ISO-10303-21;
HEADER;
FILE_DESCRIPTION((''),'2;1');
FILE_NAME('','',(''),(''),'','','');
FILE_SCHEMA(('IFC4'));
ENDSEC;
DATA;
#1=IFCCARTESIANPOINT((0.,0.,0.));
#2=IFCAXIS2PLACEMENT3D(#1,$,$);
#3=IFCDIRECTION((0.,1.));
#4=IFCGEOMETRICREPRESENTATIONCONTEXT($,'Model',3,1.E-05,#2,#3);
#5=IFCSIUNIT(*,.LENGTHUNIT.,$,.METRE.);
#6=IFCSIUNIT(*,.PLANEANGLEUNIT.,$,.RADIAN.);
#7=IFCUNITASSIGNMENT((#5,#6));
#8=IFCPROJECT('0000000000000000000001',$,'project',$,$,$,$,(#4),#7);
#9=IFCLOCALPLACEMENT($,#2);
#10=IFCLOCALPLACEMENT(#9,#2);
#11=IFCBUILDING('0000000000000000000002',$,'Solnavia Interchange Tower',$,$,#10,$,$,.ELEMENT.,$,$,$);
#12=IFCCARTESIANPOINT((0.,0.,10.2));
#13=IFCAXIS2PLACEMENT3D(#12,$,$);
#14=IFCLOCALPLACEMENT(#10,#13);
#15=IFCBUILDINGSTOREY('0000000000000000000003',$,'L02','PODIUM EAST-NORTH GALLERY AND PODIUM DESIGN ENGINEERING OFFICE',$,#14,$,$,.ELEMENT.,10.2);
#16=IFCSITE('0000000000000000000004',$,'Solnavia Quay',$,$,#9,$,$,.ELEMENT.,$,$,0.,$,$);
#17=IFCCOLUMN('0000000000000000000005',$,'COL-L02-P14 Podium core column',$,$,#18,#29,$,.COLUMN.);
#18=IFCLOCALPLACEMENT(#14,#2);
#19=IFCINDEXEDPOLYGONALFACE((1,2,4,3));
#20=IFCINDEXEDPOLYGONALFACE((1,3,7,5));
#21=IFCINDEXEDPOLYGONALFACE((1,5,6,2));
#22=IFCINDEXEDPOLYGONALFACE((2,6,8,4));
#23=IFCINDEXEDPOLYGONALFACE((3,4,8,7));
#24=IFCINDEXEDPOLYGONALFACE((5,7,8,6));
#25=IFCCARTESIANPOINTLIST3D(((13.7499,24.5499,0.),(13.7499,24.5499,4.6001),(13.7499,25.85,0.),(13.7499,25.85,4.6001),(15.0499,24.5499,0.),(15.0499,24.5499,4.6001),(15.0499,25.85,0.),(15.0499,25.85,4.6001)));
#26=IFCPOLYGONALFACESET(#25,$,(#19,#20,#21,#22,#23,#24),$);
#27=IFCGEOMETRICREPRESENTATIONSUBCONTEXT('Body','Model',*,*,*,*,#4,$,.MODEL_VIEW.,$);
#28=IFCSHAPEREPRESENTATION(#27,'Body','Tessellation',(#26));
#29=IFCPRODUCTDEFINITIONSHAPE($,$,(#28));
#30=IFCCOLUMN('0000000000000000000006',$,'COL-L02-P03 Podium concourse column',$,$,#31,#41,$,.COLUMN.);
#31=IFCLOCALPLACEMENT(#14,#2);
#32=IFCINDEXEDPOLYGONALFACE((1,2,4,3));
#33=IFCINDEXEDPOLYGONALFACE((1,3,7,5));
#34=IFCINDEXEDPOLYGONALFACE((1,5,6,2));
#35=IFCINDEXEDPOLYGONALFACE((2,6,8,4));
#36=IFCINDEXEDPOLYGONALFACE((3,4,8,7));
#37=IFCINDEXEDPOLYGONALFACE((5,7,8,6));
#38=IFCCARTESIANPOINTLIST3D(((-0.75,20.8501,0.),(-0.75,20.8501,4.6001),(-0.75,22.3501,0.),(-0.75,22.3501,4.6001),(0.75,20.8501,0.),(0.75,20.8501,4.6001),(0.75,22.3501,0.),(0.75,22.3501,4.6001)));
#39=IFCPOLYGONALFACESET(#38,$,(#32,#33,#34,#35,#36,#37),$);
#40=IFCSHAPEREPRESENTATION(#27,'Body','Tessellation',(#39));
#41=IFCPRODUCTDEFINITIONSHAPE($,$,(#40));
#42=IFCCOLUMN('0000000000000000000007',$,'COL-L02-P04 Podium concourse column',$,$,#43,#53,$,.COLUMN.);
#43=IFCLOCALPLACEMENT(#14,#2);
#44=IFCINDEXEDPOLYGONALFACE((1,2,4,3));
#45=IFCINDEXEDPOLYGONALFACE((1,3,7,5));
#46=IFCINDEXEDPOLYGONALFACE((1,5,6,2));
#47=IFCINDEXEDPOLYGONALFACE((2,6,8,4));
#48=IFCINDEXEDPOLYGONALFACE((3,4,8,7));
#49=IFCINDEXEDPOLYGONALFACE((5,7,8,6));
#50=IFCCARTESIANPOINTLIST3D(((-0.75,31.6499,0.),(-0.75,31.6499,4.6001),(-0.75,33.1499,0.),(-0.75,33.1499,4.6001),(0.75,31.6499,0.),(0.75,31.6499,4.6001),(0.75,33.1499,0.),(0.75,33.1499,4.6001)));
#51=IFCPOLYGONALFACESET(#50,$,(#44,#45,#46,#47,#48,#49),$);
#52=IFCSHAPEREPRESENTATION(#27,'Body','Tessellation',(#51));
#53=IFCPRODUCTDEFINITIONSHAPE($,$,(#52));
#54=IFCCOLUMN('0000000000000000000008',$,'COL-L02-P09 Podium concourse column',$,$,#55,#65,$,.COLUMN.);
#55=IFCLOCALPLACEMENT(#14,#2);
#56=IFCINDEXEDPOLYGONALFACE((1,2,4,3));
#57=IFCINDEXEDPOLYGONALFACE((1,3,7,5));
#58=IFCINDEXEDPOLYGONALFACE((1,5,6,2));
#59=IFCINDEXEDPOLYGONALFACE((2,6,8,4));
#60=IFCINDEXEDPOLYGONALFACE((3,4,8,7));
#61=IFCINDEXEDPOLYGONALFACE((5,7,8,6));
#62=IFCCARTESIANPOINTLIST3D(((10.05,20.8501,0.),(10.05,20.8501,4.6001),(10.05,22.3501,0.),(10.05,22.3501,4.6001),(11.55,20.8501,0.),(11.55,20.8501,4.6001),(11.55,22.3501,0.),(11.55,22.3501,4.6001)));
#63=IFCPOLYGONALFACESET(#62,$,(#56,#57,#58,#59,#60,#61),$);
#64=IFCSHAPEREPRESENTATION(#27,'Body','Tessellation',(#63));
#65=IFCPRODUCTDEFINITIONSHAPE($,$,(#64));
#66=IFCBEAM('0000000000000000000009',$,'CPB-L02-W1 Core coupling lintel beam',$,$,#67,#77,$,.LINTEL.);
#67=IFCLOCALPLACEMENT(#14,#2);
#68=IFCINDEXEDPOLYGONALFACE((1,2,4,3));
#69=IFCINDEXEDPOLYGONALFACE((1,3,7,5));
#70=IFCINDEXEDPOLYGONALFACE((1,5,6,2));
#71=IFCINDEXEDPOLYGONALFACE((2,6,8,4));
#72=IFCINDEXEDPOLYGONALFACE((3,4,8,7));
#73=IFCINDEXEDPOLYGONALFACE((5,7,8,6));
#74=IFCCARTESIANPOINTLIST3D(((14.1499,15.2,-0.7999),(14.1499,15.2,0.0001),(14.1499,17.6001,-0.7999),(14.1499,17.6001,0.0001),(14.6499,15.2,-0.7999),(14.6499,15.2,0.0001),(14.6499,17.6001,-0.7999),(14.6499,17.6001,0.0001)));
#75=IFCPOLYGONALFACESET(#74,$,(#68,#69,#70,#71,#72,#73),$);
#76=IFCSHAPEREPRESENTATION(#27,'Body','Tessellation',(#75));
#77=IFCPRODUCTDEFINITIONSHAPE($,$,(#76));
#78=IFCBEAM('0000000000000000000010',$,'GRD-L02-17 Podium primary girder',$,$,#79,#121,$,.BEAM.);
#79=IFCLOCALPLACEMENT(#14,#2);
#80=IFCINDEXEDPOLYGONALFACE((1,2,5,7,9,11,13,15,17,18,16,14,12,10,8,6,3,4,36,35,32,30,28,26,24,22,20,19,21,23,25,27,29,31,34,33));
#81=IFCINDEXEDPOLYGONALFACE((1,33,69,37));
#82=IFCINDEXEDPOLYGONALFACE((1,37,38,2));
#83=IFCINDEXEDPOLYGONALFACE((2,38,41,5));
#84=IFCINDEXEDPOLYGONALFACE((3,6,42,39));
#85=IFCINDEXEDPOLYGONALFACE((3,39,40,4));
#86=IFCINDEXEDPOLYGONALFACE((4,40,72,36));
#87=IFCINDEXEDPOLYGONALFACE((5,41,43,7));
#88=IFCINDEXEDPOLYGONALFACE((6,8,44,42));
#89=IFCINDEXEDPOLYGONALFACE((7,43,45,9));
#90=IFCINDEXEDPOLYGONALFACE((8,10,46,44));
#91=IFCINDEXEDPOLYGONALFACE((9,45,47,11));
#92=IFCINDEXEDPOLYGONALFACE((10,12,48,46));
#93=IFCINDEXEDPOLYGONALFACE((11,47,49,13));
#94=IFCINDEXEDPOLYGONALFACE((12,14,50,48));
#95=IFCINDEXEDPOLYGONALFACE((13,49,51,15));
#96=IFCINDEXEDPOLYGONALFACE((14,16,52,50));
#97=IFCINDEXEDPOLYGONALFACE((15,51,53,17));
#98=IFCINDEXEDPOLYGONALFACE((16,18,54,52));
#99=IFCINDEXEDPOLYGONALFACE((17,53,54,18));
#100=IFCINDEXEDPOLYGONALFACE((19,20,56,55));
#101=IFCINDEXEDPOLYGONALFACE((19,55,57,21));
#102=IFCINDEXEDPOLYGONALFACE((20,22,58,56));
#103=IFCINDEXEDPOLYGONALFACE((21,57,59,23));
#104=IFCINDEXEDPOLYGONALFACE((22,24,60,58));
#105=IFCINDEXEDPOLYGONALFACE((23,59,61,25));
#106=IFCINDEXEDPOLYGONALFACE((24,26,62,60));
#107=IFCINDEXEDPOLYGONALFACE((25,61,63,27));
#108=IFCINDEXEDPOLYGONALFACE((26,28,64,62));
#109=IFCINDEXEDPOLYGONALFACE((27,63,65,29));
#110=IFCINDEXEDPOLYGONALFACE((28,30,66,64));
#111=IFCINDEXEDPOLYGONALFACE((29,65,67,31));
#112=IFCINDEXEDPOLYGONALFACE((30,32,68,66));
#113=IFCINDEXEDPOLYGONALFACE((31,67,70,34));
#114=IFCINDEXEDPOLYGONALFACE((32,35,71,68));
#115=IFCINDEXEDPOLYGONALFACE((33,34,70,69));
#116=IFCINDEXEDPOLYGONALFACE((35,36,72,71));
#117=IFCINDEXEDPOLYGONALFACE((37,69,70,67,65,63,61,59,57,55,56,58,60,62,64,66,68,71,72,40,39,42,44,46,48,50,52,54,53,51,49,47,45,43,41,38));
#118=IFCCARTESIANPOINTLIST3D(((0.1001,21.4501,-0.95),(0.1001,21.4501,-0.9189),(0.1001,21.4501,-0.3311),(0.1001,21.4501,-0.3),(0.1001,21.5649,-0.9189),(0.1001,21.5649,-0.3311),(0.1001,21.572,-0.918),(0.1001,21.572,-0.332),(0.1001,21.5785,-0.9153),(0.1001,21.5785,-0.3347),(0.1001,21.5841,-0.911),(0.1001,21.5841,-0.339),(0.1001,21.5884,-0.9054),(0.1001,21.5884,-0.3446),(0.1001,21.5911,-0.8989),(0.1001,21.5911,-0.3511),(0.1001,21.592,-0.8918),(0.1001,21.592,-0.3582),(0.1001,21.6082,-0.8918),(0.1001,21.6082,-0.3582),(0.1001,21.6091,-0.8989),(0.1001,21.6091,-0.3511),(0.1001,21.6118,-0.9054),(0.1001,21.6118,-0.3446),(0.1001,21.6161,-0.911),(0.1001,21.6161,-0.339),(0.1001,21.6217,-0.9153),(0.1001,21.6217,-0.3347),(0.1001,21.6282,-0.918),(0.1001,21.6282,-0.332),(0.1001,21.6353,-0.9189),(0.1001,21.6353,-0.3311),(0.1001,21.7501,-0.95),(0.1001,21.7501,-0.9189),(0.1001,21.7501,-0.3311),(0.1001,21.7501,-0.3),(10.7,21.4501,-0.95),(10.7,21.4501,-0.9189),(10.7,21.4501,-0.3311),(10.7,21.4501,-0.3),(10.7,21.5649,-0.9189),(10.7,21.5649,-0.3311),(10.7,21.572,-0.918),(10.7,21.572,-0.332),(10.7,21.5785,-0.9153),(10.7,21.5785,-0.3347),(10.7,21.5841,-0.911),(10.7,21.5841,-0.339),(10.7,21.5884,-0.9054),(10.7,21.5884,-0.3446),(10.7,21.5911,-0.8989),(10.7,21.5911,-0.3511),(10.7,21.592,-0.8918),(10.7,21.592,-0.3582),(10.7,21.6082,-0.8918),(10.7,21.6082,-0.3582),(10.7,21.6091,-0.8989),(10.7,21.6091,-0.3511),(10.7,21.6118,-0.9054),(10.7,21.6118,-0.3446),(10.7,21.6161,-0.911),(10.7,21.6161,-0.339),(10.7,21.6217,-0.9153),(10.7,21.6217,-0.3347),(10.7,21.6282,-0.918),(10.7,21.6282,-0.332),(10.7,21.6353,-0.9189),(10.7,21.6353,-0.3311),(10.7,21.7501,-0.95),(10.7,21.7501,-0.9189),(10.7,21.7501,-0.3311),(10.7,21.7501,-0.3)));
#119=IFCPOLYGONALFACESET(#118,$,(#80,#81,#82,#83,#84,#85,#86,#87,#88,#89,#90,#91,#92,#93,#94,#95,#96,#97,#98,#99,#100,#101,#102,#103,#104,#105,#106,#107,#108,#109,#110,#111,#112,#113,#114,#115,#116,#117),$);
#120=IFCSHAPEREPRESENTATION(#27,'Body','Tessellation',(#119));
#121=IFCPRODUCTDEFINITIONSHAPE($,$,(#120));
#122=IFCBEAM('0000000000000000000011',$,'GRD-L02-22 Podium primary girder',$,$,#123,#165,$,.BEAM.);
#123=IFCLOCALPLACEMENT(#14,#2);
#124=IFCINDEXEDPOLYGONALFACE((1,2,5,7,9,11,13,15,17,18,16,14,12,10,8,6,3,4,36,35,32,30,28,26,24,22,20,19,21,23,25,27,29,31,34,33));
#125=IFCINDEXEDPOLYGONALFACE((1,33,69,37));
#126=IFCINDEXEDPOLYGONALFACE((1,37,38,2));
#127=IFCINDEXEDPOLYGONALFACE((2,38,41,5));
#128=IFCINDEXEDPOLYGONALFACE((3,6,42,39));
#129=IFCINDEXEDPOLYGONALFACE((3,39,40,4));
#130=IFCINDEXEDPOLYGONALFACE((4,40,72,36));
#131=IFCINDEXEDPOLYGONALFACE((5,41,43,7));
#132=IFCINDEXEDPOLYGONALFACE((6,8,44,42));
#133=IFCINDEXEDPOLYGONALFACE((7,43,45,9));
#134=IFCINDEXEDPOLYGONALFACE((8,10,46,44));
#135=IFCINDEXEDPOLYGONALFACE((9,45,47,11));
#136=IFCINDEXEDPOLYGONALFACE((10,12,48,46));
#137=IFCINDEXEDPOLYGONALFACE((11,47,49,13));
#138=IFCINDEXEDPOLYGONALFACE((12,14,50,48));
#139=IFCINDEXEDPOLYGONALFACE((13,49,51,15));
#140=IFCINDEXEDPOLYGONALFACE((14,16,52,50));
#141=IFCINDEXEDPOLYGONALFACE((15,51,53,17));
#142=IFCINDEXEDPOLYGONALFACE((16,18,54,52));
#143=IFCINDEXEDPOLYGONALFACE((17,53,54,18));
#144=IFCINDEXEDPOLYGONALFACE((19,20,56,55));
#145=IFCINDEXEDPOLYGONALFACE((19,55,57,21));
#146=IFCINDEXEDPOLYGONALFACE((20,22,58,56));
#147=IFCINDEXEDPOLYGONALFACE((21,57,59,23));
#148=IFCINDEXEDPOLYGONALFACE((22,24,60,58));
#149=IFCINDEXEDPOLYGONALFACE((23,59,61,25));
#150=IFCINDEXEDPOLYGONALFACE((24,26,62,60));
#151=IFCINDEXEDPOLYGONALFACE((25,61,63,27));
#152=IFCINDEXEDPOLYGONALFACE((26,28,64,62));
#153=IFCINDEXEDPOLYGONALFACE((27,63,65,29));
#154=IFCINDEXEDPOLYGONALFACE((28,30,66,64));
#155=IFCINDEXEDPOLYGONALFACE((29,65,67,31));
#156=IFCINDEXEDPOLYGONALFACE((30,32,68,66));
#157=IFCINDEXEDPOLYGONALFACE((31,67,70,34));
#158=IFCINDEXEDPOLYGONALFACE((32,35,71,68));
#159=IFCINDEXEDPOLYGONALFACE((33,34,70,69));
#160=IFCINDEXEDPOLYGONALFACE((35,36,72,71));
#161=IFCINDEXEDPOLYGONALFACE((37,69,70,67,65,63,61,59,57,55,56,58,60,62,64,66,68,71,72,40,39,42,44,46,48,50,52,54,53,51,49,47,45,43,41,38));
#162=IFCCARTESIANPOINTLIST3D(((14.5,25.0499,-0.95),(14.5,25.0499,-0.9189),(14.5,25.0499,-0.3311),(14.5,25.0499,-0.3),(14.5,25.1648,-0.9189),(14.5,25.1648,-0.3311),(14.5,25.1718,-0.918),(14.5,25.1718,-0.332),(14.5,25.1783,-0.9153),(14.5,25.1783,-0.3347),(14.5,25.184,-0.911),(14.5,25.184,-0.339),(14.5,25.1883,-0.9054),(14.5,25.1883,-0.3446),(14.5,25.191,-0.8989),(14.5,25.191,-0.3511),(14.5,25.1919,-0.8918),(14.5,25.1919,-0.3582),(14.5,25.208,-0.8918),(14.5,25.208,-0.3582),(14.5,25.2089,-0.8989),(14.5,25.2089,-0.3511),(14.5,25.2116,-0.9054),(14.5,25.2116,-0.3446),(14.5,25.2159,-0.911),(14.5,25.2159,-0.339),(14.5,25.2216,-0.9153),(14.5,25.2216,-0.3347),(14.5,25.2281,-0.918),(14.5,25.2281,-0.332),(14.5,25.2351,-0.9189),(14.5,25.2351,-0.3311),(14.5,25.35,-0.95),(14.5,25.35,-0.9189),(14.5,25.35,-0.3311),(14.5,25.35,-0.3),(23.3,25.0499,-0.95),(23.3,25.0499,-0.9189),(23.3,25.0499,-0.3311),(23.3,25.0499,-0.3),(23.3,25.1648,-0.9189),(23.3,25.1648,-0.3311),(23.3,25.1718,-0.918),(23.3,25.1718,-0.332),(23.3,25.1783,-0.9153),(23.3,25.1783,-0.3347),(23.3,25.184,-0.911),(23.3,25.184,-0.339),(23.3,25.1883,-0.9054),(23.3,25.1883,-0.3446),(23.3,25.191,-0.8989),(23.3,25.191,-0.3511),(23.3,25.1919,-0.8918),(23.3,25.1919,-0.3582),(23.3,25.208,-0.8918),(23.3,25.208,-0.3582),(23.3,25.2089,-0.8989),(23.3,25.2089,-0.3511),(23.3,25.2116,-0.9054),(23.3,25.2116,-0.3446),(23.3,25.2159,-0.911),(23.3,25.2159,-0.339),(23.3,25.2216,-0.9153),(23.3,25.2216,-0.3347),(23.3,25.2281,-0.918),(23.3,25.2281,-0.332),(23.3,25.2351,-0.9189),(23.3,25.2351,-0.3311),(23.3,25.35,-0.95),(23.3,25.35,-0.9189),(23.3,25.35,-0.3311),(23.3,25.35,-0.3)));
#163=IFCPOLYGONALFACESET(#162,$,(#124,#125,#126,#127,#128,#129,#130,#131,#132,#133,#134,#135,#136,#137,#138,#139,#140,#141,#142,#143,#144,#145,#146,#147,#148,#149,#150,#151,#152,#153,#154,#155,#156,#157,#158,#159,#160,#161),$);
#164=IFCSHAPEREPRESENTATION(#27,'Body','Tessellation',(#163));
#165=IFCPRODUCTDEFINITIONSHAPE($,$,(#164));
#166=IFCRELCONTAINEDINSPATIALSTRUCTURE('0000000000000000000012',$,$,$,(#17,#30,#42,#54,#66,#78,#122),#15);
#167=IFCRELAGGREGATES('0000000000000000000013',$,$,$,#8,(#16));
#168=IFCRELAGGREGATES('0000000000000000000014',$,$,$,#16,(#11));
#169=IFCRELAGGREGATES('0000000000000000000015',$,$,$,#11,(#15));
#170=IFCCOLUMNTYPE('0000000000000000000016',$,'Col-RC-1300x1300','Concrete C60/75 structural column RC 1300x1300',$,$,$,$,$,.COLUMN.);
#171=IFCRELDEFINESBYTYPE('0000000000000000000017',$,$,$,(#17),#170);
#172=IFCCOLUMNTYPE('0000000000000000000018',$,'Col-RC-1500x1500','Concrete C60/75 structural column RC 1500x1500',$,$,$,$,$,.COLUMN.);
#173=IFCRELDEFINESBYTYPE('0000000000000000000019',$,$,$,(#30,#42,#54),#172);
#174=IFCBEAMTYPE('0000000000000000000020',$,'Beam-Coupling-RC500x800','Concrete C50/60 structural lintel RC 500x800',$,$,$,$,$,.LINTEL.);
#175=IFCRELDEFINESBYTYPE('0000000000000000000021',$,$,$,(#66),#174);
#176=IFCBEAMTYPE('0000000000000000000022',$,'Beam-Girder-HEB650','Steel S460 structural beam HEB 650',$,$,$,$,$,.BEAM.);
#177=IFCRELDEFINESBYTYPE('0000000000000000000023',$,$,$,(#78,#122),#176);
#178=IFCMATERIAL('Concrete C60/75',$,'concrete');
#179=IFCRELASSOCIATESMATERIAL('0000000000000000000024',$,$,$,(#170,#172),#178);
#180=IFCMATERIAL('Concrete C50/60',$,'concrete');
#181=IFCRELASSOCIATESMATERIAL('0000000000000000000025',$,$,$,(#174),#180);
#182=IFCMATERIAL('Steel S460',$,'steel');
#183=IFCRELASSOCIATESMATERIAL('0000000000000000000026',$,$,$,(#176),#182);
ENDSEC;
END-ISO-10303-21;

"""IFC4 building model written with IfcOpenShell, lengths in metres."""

from ifc_helpers import new_model, si_unit, direction, frame, origin, origin_2d, place, context, subcontext, project, spatial, rectangle, i_section, extrude, material, material_profile, profile_set, type_object, element, save


model = new_model("IFC4")

# Units and contexts
model_context = context("Model", 3, precision=1e-05, world=origin(), true_north=direction((0.0, 1.0)))
body_context = subcontext(model_context, "Body", "Model", "MODEL_VIEW")
ifc_project = project(units=[si_unit("LENGTHUNIT", "METRE"), si_unit("PLANEANGLEUNIT", "RADIAN")], contexts=[model_context])

# Site, building, storey
site_placement = place(None, origin())
site = spatial("IfcSite", under=ifc_project, at=site_placement, Name="Solnavia Quay", CompositionType="ELEMENT", RefElevation=0.0)
building_placement = place(site_placement, origin())
building = spatial("IfcBuilding", under=site, at=building_placement, Name="Solnavia Interchange Tower", CompositionType="ELEMENT")
storey_placement = place(building_placement, frame((0.0, 0.0, 10.2)))
storey = spatial("IfcBuildingStorey", under=building, at=storey_placement, Name="L02", Description="PODIUM EAST-NORTH GALLERY AND PODIUM DESIGN ENGINEERING OFFICE", CompositionType="ELEMENT", Elevation=10.2)

# Columns
ifc_material_1 = material(Name="Concrete C60/75", Category="concrete")
ifc_material_profile_1 = material_profile(ifc_material_1, rectangle(XDim=1.3, YDim=1.3, at=origin_2d()), Name="RC 1300x1300")
ifc_profile_set_1 = profile_set([ifc_material_profile_1], Name="Concrete C60/75")
column_type_1 = type_object("IfcColumnType", Name="Col-RC-1300x1300", Description="Concrete C60/75 structural column RC 1300x1300", PredefinedType="COLUMN", material=ifc_profile_set_1)
column_placement = place(storey_placement, frame((14.3999, 25.2, 0.0), z_axis=(0.0, 0.0, 1.0), x_axis=(1.0, 0.0, 0.0)))
element("IfcColumn", 1, at=column_placement, inside=storey, type_object=column_type_1, Name="COL-L02-P14 Podium core column", PredefinedType="COLUMN", context=body_context, shape_type="SweptSolid", body=[
    extrude(rectangle(XDim=1.3, YDim=1.3, at=origin_2d()), origin(), (0.0, 0.0, 1.0), 4.6001),
])
ifc_material_profile_2 = material_profile(ifc_material_1, rectangle(XDim=1.5, YDim=1.5, at=origin_2d()), Name="RC 1500x1500")
ifc_profile_set_2 = profile_set([ifc_material_profile_2], Name="Concrete C60/75")
column_type_2 = type_object("IfcColumnType", Name="Col-RC-1500x1500", Description="Concrete C60/75 structural column RC 1500x1500", PredefinedType="COLUMN", material=ifc_profile_set_2)
for number, where, z_axis, x_axis, name in (
    (2, (0.0, 21.6001, 0.0), (0.0, 0.0, 1.0), (1.0, 0.0, 0.0), "COL-L02-P03 Podium concourse column"),
    (3, (0.0, 32.3999, 0.0), (0.0, 0.0, 1.0), (1.0, 0.0, 0.0), "COL-L02-P04 Podium concourse column"),
    (4, (10.8, 21.6001, 0.0), (0.0, 0.0, 1.0), (1.0, 0.0, 0.0), "COL-L02-P09 Podium concourse column"),
):
    element("IfcColumn", number, at=place(storey_placement, frame(where, z_axis=z_axis, x_axis=x_axis)), inside=storey, type_object=column_type_2, Name=name, PredefinedType="COLUMN", context=body_context, shape_type="SweptSolid", body=[
        extrude(rectangle(XDim=1.5, YDim=1.5, at=origin_2d()), origin(), (0.0, 0.0, 1.0), 4.6001),
    ])

# Beams
ifc_material_2 = material(Name="Concrete C50/60", Category="concrete")
ifc_material_profile_3 = material_profile(ifc_material_2, rectangle(XDim=0.5, YDim=0.8, at=origin_2d()), Name="RC 500x800")
ifc_profile_set_3 = profile_set([ifc_material_profile_3], Name="Concrete C50/60")
beam_type_1 = type_object("IfcBeamType", Name="Beam-Coupling-RC500x800", Description="Concrete C50/60 structural lintel RC 500x800", PredefinedType="LINTEL", material=ifc_profile_set_3)
beam_1_placement = place(storey_placement, frame((14.3999, 15.2, -0.3999), z_axis=(0.0, 1.0, 0.0), x_axis=(-1.0, 0.0, 0.0)))
element("IfcBeam", 5, at=beam_1_placement, inside=storey, type_object=beam_type_1, Name="CPB-L02-W1 Core coupling lintel beam", PredefinedType="LINTEL", context=body_context, shape_type="SweptSolid", body=[
    extrude(rectangle(XDim=0.5, YDim=0.8, at=origin_2d()), origin(), (0.0, 0.0, 1.0), 2.4001),
])
ifc_material_3 = material(Name="Steel S460", Category="steel")
ifc_material_profile_4 = material_profile(ifc_material_3, i_section(OverallWidth=0.3, OverallDepth=0.6499, WebThickness=0.0161, FlangeThickness=0.031, FilletRadius=0.0271, at=origin_2d()), Name="HEB 650")
ifc_profile_set_4 = profile_set([ifc_material_profile_4], Name="Steel S460")
beam_type_2 = type_object("IfcBeamType", Name="Beam-Girder-HEB650", Description="Steel S460 structural beam HEB 650", PredefinedType="BEAM", material=ifc_profile_set_4)
beam_2_placement = place(storey_placement, frame((0.1001, 21.6001, -0.625), z_axis=(1.0, 0.0, 0.0), x_axis=(0.0, 1.0, 0.0)))
element("IfcBeam", 6, at=beam_2_placement, inside=storey, type_object=beam_type_2, Name="GRD-L02-17 Podium primary girder", PredefinedType="BEAM", context=body_context, shape_type="SweptSolid", body=[
    extrude(i_section(OverallWidth=0.3, OverallDepth=0.6499, WebThickness=0.0161, FlangeThickness=0.031, FilletRadius=0.0271, at=origin_2d()), origin(), (0.0, 0.0, 1.0), 10.5999),
])
beam_3_placement = place(storey_placement, frame((14.5, 25.2, -0.625), z_axis=(1.0, 0.0, 0.0), x_axis=(0.0, 1.0, 0.0)))
element("IfcBeam", 7, at=beam_3_placement, inside=storey, type_object=beam_type_2, Name="GRD-L02-22 Podium primary girder", PredefinedType="BEAM", context=body_context, shape_type="SweptSolid", body=[
    extrude(i_section(OverallWidth=0.3, OverallDepth=0.6499, WebThickness=0.0161, FlangeThickness=0.031, FilletRadius=0.0271, at=origin_2d()), origin(), (0.0, 0.0, 1.0), 8.8),
])

save(model, "model.ifc")
